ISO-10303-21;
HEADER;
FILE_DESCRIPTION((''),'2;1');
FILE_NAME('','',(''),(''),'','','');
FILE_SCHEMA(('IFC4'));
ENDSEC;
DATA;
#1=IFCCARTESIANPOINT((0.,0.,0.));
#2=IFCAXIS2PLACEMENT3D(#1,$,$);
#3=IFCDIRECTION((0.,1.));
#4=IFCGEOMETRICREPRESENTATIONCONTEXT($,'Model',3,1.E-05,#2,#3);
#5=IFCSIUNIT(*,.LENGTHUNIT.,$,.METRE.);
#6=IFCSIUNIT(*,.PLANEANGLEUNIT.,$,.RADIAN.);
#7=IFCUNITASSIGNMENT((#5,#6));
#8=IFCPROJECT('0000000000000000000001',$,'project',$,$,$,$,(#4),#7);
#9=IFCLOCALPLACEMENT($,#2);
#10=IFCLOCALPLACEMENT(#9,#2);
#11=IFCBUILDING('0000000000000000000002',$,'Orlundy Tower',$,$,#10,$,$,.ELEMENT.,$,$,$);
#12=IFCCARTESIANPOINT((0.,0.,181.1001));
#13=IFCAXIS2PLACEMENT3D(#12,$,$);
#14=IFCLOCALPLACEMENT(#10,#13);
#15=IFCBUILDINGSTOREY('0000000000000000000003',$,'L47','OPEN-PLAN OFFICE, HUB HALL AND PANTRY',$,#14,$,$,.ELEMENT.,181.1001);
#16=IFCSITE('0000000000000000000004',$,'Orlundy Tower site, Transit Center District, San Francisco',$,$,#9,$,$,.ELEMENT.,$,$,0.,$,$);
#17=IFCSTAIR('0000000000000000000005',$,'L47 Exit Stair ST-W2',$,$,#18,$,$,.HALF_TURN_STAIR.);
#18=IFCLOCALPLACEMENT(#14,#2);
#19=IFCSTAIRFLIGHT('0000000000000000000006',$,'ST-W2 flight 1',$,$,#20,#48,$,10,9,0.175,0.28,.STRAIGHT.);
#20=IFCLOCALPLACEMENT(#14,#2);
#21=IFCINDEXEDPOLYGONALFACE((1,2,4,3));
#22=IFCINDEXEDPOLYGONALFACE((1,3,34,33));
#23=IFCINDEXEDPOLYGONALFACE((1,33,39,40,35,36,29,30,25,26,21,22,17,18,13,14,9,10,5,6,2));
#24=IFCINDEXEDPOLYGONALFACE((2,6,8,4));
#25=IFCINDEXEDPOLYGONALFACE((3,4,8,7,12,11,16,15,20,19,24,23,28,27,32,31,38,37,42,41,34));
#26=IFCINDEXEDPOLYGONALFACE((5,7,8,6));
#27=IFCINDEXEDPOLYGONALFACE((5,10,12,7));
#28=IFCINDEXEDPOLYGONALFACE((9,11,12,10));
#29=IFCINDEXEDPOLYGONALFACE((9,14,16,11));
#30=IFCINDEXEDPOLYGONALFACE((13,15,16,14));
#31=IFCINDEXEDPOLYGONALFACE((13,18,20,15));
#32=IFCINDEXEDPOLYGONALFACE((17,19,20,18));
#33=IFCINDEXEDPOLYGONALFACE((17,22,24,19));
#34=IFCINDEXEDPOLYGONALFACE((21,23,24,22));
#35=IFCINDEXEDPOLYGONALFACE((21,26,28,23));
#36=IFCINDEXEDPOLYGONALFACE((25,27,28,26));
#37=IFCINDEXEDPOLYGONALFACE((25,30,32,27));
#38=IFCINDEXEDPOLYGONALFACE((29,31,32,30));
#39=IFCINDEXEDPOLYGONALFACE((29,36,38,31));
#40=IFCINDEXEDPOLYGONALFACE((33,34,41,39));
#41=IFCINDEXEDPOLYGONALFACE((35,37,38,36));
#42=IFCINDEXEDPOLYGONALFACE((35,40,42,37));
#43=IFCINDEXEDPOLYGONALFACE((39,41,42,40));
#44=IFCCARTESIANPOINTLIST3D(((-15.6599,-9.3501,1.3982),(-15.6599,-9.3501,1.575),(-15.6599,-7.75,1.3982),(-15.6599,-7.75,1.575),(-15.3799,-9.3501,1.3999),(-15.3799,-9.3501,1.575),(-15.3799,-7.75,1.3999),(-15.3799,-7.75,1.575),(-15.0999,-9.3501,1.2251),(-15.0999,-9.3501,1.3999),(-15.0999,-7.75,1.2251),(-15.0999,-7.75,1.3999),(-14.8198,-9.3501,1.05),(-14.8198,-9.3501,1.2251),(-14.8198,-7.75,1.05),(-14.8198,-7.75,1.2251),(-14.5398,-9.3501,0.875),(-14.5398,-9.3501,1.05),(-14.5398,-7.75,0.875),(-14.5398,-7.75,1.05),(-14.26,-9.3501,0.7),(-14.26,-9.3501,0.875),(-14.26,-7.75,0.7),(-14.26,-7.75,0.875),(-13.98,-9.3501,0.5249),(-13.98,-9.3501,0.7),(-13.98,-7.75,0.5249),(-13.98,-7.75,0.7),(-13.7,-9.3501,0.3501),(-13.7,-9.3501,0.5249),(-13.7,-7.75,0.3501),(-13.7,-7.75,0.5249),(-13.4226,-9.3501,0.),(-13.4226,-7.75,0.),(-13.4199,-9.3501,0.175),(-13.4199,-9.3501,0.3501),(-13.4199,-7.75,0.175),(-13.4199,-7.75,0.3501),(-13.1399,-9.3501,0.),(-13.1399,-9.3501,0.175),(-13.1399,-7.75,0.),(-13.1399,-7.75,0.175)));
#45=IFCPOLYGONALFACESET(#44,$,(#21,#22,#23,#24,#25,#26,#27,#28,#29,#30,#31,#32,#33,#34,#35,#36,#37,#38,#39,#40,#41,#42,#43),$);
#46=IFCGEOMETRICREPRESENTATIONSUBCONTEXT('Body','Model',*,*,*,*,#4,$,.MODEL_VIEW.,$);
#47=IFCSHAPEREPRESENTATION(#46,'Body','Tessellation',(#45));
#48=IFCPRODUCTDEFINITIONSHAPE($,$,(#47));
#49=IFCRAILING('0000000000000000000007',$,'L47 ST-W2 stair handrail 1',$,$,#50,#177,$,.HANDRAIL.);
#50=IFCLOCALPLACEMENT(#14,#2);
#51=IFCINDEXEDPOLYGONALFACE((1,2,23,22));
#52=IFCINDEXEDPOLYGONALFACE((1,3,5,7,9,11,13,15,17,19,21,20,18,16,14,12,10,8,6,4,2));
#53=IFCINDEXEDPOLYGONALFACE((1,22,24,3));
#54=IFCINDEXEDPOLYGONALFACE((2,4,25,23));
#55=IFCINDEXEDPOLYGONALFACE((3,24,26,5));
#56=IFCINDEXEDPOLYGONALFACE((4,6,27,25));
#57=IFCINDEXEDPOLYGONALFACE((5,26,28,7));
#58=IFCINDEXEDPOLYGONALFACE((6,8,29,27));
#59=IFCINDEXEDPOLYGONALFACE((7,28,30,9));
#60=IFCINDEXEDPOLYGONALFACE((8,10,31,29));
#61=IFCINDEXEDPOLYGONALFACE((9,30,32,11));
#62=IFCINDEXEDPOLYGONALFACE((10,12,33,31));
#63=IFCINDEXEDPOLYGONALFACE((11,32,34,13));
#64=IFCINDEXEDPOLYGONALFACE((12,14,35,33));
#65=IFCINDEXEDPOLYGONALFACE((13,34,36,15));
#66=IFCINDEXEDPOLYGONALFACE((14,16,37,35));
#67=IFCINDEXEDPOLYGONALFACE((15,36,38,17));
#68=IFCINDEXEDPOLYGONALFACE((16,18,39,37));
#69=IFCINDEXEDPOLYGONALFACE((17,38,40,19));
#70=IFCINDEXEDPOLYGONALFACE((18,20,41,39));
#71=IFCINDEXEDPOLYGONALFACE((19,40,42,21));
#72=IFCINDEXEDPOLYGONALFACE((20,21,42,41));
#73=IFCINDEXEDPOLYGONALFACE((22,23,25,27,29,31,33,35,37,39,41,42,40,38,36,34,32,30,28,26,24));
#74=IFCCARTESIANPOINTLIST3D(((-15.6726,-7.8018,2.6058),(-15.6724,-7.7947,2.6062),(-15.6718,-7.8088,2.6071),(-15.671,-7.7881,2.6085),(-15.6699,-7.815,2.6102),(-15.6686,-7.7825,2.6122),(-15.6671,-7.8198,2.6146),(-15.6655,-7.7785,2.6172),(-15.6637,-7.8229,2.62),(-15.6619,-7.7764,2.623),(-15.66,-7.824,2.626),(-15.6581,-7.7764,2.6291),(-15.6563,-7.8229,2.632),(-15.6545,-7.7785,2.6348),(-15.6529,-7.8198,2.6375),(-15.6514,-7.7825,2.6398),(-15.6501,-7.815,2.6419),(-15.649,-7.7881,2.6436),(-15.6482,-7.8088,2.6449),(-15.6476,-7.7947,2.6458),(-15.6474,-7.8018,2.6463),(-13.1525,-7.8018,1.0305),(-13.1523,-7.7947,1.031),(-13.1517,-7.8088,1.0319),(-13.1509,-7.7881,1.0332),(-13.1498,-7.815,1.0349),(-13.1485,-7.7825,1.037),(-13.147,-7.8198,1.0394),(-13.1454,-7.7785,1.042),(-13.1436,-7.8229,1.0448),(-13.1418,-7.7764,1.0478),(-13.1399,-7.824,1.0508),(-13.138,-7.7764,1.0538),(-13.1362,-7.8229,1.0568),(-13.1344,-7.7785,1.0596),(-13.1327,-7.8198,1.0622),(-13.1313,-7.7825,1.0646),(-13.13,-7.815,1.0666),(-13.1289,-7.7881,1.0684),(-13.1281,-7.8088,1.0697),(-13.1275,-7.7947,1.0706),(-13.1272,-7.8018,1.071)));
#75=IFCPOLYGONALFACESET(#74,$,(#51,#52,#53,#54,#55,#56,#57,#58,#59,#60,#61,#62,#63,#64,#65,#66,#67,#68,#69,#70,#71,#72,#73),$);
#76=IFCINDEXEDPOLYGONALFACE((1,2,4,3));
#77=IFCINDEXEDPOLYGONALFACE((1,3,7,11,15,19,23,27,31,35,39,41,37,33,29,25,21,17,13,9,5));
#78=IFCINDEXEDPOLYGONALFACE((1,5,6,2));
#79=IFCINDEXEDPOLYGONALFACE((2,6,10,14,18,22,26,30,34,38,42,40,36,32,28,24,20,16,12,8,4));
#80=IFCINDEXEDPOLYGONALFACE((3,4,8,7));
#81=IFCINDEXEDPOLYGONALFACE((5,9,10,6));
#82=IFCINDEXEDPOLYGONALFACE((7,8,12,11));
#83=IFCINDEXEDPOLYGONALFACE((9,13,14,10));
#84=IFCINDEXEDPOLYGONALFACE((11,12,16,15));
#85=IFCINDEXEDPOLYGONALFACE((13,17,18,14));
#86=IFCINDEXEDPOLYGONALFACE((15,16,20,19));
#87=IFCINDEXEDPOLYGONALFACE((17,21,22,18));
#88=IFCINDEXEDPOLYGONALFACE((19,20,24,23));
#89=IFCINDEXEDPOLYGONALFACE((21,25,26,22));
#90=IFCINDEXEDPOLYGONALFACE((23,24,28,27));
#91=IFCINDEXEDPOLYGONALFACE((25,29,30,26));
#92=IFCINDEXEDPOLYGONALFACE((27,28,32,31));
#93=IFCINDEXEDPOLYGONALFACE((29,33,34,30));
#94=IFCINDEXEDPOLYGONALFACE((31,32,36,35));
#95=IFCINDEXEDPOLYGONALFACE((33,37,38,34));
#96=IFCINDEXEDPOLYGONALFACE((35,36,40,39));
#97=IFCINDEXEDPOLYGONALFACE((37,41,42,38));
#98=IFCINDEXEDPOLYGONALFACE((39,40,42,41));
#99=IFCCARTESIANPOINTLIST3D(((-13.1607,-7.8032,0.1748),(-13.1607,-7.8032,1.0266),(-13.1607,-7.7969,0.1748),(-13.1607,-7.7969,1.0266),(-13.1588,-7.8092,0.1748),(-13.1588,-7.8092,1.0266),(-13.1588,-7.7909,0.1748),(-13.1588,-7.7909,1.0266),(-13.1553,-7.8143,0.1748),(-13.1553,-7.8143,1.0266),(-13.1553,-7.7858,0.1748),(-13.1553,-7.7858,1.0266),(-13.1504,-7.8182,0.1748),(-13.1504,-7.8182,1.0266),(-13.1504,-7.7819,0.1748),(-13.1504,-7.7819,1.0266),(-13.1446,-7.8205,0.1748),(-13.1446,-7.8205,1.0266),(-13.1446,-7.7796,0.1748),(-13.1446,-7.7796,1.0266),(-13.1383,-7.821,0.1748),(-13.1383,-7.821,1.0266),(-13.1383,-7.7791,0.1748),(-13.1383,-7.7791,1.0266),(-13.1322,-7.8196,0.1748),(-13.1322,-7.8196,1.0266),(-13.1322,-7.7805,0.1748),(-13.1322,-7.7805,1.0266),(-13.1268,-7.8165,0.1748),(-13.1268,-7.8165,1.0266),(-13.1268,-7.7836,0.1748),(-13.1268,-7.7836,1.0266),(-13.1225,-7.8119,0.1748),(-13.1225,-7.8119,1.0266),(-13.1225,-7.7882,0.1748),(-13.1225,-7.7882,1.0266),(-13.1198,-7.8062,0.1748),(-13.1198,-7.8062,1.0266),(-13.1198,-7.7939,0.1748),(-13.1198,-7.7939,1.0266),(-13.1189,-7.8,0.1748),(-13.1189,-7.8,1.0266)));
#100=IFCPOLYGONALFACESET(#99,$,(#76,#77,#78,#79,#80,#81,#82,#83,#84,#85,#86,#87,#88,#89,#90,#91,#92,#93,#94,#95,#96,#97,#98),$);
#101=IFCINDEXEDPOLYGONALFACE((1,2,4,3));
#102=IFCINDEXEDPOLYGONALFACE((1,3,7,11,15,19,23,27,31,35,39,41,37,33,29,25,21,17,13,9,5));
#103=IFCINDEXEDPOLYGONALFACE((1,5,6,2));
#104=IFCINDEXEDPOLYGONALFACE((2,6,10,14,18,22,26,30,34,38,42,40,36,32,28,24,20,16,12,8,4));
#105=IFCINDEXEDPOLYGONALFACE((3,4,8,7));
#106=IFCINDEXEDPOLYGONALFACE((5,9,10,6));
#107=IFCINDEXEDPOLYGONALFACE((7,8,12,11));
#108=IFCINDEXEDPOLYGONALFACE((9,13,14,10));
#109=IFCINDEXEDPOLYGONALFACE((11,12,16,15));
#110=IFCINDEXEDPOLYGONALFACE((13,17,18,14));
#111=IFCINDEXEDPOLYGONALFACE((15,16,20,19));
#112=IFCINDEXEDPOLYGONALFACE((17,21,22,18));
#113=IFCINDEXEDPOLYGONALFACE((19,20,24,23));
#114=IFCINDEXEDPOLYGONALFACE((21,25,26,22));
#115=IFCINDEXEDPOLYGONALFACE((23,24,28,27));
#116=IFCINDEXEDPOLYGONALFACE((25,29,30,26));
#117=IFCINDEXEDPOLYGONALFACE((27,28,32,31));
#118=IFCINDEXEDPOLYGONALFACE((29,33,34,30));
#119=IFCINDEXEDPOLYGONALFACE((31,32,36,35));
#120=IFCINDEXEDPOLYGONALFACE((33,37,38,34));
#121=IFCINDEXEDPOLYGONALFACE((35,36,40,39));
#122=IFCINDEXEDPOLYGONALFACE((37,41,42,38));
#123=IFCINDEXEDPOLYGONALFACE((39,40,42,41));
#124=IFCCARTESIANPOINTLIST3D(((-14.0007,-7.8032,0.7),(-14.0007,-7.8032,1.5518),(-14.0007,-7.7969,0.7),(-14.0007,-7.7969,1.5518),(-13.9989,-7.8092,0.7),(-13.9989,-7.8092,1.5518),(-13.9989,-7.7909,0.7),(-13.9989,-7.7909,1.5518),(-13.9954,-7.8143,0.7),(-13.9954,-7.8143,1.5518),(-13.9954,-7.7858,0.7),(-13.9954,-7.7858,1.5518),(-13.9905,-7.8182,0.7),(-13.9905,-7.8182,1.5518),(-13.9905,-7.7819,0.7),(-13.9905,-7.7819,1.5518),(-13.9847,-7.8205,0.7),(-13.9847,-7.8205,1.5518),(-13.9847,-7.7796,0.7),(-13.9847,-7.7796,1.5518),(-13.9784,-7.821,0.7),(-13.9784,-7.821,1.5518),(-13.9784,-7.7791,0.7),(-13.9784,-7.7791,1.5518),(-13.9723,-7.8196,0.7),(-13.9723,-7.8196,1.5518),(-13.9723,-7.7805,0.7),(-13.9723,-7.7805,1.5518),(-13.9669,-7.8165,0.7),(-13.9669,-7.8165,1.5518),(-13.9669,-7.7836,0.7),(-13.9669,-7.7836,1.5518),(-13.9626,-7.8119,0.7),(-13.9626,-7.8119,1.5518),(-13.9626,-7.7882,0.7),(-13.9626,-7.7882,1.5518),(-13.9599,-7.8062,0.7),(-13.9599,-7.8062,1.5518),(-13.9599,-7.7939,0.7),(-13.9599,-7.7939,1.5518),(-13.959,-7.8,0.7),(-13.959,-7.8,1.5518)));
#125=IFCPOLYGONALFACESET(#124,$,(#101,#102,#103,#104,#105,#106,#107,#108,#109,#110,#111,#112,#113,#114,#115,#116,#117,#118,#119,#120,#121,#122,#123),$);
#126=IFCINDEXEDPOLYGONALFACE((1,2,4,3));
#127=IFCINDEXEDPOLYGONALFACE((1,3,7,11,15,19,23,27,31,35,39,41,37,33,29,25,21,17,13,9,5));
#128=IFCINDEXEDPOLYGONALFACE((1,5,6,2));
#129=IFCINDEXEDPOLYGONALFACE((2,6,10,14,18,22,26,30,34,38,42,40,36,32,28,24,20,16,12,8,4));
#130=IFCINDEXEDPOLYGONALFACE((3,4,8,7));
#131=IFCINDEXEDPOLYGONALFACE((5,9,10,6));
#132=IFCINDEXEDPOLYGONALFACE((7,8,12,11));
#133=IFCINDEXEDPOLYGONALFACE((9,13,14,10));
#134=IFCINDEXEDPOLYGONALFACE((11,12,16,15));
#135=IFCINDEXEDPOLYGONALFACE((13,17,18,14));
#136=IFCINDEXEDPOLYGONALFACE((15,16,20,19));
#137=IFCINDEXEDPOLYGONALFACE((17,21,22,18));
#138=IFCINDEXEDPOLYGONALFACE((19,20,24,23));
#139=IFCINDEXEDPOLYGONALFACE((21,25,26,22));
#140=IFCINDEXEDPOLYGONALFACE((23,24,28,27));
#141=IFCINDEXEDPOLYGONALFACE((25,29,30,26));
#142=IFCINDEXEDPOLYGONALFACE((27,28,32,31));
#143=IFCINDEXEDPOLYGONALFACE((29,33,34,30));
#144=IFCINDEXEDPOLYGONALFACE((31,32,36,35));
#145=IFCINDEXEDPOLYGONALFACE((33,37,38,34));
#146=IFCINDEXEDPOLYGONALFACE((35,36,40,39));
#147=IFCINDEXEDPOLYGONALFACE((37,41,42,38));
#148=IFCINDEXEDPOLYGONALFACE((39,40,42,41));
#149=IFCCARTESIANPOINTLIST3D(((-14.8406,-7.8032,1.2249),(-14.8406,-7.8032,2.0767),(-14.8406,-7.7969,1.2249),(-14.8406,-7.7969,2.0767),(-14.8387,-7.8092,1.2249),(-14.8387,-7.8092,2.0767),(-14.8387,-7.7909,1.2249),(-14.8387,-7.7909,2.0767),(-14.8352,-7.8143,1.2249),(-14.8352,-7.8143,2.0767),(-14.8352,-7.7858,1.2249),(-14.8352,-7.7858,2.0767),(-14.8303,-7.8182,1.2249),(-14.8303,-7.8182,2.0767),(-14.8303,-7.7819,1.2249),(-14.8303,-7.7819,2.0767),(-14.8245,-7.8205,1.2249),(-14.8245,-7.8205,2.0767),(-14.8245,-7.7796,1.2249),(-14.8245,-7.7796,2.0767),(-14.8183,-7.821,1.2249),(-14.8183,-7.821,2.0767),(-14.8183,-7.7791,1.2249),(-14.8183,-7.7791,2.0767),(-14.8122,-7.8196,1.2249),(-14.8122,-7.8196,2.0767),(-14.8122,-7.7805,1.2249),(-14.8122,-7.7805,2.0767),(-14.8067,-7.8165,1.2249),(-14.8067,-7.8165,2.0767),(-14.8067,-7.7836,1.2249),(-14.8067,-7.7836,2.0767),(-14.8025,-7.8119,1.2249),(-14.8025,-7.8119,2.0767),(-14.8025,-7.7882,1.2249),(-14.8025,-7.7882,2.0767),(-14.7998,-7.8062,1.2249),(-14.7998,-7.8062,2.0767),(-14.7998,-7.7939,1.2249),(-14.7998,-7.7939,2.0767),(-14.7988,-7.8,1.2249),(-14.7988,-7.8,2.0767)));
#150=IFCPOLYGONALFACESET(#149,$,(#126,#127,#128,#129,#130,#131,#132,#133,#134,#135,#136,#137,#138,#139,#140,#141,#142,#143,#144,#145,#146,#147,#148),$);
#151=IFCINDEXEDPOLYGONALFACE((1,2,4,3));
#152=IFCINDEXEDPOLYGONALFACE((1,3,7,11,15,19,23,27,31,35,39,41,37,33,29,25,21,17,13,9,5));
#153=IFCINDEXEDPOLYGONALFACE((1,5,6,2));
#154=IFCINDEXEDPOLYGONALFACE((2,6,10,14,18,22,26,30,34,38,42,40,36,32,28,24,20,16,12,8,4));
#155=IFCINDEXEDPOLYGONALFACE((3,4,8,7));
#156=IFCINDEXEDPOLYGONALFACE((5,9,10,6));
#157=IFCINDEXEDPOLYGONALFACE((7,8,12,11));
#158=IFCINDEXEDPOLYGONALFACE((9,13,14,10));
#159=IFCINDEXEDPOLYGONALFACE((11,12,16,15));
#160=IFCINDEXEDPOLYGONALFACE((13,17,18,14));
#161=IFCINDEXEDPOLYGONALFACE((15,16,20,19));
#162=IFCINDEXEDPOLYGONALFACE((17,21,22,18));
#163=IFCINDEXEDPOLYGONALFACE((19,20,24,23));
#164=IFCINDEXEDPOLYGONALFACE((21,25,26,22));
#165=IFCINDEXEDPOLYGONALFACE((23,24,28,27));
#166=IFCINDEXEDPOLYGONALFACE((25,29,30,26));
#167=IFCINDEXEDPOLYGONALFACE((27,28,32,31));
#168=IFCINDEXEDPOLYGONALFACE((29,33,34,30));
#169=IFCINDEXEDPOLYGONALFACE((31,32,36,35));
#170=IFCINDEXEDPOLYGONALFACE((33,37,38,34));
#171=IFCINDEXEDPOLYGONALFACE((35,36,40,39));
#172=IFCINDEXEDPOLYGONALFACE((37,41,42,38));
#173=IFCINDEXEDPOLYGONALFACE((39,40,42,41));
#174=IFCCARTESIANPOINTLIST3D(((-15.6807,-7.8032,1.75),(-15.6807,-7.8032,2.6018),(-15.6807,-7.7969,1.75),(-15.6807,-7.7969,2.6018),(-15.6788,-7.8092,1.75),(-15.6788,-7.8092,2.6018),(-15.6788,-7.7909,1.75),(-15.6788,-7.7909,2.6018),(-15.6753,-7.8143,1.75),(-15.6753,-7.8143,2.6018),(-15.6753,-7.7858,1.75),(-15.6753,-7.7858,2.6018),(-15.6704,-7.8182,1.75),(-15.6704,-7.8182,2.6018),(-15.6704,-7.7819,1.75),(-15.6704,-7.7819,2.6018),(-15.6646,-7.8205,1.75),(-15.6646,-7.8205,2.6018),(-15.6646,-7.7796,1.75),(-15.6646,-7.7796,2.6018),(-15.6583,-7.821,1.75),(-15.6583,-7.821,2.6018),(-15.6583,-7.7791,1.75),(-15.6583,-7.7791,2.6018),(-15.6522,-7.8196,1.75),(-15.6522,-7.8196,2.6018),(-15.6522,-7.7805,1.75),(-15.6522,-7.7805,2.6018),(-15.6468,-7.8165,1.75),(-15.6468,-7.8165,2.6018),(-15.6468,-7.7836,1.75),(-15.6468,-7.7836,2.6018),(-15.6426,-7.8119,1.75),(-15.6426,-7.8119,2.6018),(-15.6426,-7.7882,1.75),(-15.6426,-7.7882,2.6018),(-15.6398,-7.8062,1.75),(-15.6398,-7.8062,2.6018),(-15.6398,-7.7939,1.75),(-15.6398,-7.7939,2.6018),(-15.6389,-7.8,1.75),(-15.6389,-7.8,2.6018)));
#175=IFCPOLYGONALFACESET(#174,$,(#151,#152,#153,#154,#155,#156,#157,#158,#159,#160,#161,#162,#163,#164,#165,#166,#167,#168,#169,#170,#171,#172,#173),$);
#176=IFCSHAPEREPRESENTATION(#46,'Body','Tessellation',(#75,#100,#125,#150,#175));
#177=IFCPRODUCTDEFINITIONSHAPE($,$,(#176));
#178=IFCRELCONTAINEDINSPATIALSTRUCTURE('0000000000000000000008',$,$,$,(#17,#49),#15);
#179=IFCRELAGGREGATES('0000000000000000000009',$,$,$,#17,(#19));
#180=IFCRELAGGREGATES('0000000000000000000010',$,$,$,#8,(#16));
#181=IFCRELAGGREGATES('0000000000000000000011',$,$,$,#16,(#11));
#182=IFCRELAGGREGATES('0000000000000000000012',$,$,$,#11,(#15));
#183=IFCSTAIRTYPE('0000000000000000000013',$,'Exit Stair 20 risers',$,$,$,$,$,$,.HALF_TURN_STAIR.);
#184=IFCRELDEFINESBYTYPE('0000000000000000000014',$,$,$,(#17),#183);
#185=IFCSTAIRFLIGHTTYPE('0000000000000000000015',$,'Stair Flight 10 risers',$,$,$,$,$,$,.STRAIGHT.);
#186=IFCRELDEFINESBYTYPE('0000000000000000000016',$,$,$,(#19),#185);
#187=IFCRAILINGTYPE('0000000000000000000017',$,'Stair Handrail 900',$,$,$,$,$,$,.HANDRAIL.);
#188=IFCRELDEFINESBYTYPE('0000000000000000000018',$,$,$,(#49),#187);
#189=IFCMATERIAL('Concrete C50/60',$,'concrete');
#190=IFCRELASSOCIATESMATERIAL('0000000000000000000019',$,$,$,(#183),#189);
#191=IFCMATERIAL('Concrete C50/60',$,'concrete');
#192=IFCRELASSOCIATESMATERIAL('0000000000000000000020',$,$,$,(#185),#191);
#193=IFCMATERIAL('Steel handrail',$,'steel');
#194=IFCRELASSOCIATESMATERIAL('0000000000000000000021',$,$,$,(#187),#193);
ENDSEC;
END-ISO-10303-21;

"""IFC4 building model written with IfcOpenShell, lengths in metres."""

from ifc_helpers import new_model, si_unit, direction, frame, origin, origin_2d, place, context, subcontext, project, spatial, polyline, circle, outline, extrude, material, type_object, element, aggregate, save


model = new_model("IFC4")

# Units and contexts
model_context = context("Model", 3, precision=1e-05, world=origin(), true_north=direction((0.0, 1.0)))
body_context = subcontext(model_context, "Body", "Model", "MODEL_VIEW")
ifc_project = project(units=[si_unit("LENGTHUNIT", "METRE"), si_unit("PLANEANGLEUNIT", "RADIAN")], contexts=[model_context])

# Site, building, storey
site_placement = place(None, origin())
site = spatial("IfcSite", under=ifc_project, at=site_placement, Name="Orlundy Tower site, Transit Center District, San Francisco", CompositionType="ELEMENT", RefElevation=0.0)
building_placement = place(site_placement, origin())
building = spatial("IfcBuilding", under=site, at=building_placement, Name="Orlundy Tower", CompositionType="ELEMENT")
storey_placement = place(building_placement, frame((0.0, 0.0, 181.1001)))
storey = spatial("IfcBuildingStorey", under=building, at=storey_placement, Name="L47", Description="OPEN-PLAN OFFICE, HUB HALL AND PANTRY", CompositionType="ELEMENT", Elevation=181.1001)

# Stair
ifc_material_1 = material(Name="Concrete C50/60", Category="concrete")
stair_type = type_object("IfcStairType", Name="Exit Stair 20 risers", PredefinedType="HALF_TURN_STAIR", material=ifc_material_1)
stair_1_placement = place(storey_placement, origin())
stair_1 = element("IfcStair", 1, at=stair_1_placement, inside=storey, type_object=stair_type, Name="L47 Exit Stair ST-W2", PredefinedType="HALF_TURN_STAIR")

# Stair flight
ifc_material_2 = material(Name="Concrete C50/60", Category="concrete")
stair_flight_type = type_object("IfcStairFlightType", Name="Stair Flight 10 risers", PredefinedType="STRAIGHT", material=ifc_material_2)
stair_flight_placement = place(storey_placement, frame((-13.1399, -8.55, 0.0), z_axis=(0.0, 0.0, 1.0), x_axis=(-1.0, 0.0, 0.0)))
stair_flight = element("IfcStairFlight", 2, at=stair_flight_placement, type_object=stair_flight_type, Name="ST-W2 flight 1", NumberOfRisers=10, NumberOfTreads=9, PredefinedType="STRAIGHT", RiserHeight=0.175, TreadLength=0.28, context=body_context, shape_type="SweptSolid", body=[
    extrude(outline(polyline([(0.0, 0.0), (0.0, 0.175), (0.28, 0.175), (0.28, 0.3501), (0.5601, 0.3501), (0.5601, 0.5249), (0.8401, 0.5249), (0.8401, 0.7), (1.1201, 0.7), (1.1201, 0.875), (1.3999, 0.875), (1.3999, 1.05), (1.6799, 1.05), (1.6799, 1.2251), (1.96, 1.2251), (1.96, 1.3999), (2.24, 1.3999), (2.24, 1.575), (2.52, 1.575), (2.52, 1.75), (2.52, 1.3982), (0.2827, 0.0), (0.0, 0.0)])), frame((0.0, 0.8, 0.0), z_axis=(0.0, -1.0, 0.0), x_axis=(1.0, 0.0, 0.0)), (0.0, 0.0, 1.0), 1.6001),
])
aggregate(stair_1, [stair_flight])

# Railing
ifc_material_3 = material(Name="Steel handrail", Category="steel")
railing_type_1 = type_object("IfcRailingType", Name="Stair Handrail 900", PredefinedType="HANDRAIL", material=ifc_material_3)
railing_1_placement = place(storey_placement, frame((-13.1399, -7.8, 0.1748)))
element("IfcRailing", 3, at=railing_1_placement, inside=storey, type_object=railing_type_1, Name="L47 ST-W2 stair handrail 1", PredefinedType="HANDRAIL", context=body_context, shape_type="SweptSolid", body=[
    extrude(circle(Radius=0.0239, at=origin_2d()), frame((0.0, 0.0, 0.876), z_axis=(-0.847971, 0.0, 0.530043), x_axis=(0.0, -1.0, 0.0)), (0.0, 0.0, 1.0), 2.9719),
    extrude(circle(Radius=0.021, at=origin_2d()), origin(), (0.0, 0.0, 1.0), 0.8518),
    extrude(circle(Radius=0.021, at=origin_2d()), frame((-0.8401, 0.0, 0.5251)), (0.0, 0.0, 1.0), 0.8518),
    extrude(circle(Radius=0.021, at=origin_2d()), frame((-1.6799, 0.0, 1.05)), (0.0, 0.0, 1.0), 0.8518),
    extrude(circle(Radius=0.021, at=origin_2d()), frame((-2.52, 0.0, 1.5752)), (0.0, 0.0, 1.0), 0.8518),
])

save(model, "model.ifc")
